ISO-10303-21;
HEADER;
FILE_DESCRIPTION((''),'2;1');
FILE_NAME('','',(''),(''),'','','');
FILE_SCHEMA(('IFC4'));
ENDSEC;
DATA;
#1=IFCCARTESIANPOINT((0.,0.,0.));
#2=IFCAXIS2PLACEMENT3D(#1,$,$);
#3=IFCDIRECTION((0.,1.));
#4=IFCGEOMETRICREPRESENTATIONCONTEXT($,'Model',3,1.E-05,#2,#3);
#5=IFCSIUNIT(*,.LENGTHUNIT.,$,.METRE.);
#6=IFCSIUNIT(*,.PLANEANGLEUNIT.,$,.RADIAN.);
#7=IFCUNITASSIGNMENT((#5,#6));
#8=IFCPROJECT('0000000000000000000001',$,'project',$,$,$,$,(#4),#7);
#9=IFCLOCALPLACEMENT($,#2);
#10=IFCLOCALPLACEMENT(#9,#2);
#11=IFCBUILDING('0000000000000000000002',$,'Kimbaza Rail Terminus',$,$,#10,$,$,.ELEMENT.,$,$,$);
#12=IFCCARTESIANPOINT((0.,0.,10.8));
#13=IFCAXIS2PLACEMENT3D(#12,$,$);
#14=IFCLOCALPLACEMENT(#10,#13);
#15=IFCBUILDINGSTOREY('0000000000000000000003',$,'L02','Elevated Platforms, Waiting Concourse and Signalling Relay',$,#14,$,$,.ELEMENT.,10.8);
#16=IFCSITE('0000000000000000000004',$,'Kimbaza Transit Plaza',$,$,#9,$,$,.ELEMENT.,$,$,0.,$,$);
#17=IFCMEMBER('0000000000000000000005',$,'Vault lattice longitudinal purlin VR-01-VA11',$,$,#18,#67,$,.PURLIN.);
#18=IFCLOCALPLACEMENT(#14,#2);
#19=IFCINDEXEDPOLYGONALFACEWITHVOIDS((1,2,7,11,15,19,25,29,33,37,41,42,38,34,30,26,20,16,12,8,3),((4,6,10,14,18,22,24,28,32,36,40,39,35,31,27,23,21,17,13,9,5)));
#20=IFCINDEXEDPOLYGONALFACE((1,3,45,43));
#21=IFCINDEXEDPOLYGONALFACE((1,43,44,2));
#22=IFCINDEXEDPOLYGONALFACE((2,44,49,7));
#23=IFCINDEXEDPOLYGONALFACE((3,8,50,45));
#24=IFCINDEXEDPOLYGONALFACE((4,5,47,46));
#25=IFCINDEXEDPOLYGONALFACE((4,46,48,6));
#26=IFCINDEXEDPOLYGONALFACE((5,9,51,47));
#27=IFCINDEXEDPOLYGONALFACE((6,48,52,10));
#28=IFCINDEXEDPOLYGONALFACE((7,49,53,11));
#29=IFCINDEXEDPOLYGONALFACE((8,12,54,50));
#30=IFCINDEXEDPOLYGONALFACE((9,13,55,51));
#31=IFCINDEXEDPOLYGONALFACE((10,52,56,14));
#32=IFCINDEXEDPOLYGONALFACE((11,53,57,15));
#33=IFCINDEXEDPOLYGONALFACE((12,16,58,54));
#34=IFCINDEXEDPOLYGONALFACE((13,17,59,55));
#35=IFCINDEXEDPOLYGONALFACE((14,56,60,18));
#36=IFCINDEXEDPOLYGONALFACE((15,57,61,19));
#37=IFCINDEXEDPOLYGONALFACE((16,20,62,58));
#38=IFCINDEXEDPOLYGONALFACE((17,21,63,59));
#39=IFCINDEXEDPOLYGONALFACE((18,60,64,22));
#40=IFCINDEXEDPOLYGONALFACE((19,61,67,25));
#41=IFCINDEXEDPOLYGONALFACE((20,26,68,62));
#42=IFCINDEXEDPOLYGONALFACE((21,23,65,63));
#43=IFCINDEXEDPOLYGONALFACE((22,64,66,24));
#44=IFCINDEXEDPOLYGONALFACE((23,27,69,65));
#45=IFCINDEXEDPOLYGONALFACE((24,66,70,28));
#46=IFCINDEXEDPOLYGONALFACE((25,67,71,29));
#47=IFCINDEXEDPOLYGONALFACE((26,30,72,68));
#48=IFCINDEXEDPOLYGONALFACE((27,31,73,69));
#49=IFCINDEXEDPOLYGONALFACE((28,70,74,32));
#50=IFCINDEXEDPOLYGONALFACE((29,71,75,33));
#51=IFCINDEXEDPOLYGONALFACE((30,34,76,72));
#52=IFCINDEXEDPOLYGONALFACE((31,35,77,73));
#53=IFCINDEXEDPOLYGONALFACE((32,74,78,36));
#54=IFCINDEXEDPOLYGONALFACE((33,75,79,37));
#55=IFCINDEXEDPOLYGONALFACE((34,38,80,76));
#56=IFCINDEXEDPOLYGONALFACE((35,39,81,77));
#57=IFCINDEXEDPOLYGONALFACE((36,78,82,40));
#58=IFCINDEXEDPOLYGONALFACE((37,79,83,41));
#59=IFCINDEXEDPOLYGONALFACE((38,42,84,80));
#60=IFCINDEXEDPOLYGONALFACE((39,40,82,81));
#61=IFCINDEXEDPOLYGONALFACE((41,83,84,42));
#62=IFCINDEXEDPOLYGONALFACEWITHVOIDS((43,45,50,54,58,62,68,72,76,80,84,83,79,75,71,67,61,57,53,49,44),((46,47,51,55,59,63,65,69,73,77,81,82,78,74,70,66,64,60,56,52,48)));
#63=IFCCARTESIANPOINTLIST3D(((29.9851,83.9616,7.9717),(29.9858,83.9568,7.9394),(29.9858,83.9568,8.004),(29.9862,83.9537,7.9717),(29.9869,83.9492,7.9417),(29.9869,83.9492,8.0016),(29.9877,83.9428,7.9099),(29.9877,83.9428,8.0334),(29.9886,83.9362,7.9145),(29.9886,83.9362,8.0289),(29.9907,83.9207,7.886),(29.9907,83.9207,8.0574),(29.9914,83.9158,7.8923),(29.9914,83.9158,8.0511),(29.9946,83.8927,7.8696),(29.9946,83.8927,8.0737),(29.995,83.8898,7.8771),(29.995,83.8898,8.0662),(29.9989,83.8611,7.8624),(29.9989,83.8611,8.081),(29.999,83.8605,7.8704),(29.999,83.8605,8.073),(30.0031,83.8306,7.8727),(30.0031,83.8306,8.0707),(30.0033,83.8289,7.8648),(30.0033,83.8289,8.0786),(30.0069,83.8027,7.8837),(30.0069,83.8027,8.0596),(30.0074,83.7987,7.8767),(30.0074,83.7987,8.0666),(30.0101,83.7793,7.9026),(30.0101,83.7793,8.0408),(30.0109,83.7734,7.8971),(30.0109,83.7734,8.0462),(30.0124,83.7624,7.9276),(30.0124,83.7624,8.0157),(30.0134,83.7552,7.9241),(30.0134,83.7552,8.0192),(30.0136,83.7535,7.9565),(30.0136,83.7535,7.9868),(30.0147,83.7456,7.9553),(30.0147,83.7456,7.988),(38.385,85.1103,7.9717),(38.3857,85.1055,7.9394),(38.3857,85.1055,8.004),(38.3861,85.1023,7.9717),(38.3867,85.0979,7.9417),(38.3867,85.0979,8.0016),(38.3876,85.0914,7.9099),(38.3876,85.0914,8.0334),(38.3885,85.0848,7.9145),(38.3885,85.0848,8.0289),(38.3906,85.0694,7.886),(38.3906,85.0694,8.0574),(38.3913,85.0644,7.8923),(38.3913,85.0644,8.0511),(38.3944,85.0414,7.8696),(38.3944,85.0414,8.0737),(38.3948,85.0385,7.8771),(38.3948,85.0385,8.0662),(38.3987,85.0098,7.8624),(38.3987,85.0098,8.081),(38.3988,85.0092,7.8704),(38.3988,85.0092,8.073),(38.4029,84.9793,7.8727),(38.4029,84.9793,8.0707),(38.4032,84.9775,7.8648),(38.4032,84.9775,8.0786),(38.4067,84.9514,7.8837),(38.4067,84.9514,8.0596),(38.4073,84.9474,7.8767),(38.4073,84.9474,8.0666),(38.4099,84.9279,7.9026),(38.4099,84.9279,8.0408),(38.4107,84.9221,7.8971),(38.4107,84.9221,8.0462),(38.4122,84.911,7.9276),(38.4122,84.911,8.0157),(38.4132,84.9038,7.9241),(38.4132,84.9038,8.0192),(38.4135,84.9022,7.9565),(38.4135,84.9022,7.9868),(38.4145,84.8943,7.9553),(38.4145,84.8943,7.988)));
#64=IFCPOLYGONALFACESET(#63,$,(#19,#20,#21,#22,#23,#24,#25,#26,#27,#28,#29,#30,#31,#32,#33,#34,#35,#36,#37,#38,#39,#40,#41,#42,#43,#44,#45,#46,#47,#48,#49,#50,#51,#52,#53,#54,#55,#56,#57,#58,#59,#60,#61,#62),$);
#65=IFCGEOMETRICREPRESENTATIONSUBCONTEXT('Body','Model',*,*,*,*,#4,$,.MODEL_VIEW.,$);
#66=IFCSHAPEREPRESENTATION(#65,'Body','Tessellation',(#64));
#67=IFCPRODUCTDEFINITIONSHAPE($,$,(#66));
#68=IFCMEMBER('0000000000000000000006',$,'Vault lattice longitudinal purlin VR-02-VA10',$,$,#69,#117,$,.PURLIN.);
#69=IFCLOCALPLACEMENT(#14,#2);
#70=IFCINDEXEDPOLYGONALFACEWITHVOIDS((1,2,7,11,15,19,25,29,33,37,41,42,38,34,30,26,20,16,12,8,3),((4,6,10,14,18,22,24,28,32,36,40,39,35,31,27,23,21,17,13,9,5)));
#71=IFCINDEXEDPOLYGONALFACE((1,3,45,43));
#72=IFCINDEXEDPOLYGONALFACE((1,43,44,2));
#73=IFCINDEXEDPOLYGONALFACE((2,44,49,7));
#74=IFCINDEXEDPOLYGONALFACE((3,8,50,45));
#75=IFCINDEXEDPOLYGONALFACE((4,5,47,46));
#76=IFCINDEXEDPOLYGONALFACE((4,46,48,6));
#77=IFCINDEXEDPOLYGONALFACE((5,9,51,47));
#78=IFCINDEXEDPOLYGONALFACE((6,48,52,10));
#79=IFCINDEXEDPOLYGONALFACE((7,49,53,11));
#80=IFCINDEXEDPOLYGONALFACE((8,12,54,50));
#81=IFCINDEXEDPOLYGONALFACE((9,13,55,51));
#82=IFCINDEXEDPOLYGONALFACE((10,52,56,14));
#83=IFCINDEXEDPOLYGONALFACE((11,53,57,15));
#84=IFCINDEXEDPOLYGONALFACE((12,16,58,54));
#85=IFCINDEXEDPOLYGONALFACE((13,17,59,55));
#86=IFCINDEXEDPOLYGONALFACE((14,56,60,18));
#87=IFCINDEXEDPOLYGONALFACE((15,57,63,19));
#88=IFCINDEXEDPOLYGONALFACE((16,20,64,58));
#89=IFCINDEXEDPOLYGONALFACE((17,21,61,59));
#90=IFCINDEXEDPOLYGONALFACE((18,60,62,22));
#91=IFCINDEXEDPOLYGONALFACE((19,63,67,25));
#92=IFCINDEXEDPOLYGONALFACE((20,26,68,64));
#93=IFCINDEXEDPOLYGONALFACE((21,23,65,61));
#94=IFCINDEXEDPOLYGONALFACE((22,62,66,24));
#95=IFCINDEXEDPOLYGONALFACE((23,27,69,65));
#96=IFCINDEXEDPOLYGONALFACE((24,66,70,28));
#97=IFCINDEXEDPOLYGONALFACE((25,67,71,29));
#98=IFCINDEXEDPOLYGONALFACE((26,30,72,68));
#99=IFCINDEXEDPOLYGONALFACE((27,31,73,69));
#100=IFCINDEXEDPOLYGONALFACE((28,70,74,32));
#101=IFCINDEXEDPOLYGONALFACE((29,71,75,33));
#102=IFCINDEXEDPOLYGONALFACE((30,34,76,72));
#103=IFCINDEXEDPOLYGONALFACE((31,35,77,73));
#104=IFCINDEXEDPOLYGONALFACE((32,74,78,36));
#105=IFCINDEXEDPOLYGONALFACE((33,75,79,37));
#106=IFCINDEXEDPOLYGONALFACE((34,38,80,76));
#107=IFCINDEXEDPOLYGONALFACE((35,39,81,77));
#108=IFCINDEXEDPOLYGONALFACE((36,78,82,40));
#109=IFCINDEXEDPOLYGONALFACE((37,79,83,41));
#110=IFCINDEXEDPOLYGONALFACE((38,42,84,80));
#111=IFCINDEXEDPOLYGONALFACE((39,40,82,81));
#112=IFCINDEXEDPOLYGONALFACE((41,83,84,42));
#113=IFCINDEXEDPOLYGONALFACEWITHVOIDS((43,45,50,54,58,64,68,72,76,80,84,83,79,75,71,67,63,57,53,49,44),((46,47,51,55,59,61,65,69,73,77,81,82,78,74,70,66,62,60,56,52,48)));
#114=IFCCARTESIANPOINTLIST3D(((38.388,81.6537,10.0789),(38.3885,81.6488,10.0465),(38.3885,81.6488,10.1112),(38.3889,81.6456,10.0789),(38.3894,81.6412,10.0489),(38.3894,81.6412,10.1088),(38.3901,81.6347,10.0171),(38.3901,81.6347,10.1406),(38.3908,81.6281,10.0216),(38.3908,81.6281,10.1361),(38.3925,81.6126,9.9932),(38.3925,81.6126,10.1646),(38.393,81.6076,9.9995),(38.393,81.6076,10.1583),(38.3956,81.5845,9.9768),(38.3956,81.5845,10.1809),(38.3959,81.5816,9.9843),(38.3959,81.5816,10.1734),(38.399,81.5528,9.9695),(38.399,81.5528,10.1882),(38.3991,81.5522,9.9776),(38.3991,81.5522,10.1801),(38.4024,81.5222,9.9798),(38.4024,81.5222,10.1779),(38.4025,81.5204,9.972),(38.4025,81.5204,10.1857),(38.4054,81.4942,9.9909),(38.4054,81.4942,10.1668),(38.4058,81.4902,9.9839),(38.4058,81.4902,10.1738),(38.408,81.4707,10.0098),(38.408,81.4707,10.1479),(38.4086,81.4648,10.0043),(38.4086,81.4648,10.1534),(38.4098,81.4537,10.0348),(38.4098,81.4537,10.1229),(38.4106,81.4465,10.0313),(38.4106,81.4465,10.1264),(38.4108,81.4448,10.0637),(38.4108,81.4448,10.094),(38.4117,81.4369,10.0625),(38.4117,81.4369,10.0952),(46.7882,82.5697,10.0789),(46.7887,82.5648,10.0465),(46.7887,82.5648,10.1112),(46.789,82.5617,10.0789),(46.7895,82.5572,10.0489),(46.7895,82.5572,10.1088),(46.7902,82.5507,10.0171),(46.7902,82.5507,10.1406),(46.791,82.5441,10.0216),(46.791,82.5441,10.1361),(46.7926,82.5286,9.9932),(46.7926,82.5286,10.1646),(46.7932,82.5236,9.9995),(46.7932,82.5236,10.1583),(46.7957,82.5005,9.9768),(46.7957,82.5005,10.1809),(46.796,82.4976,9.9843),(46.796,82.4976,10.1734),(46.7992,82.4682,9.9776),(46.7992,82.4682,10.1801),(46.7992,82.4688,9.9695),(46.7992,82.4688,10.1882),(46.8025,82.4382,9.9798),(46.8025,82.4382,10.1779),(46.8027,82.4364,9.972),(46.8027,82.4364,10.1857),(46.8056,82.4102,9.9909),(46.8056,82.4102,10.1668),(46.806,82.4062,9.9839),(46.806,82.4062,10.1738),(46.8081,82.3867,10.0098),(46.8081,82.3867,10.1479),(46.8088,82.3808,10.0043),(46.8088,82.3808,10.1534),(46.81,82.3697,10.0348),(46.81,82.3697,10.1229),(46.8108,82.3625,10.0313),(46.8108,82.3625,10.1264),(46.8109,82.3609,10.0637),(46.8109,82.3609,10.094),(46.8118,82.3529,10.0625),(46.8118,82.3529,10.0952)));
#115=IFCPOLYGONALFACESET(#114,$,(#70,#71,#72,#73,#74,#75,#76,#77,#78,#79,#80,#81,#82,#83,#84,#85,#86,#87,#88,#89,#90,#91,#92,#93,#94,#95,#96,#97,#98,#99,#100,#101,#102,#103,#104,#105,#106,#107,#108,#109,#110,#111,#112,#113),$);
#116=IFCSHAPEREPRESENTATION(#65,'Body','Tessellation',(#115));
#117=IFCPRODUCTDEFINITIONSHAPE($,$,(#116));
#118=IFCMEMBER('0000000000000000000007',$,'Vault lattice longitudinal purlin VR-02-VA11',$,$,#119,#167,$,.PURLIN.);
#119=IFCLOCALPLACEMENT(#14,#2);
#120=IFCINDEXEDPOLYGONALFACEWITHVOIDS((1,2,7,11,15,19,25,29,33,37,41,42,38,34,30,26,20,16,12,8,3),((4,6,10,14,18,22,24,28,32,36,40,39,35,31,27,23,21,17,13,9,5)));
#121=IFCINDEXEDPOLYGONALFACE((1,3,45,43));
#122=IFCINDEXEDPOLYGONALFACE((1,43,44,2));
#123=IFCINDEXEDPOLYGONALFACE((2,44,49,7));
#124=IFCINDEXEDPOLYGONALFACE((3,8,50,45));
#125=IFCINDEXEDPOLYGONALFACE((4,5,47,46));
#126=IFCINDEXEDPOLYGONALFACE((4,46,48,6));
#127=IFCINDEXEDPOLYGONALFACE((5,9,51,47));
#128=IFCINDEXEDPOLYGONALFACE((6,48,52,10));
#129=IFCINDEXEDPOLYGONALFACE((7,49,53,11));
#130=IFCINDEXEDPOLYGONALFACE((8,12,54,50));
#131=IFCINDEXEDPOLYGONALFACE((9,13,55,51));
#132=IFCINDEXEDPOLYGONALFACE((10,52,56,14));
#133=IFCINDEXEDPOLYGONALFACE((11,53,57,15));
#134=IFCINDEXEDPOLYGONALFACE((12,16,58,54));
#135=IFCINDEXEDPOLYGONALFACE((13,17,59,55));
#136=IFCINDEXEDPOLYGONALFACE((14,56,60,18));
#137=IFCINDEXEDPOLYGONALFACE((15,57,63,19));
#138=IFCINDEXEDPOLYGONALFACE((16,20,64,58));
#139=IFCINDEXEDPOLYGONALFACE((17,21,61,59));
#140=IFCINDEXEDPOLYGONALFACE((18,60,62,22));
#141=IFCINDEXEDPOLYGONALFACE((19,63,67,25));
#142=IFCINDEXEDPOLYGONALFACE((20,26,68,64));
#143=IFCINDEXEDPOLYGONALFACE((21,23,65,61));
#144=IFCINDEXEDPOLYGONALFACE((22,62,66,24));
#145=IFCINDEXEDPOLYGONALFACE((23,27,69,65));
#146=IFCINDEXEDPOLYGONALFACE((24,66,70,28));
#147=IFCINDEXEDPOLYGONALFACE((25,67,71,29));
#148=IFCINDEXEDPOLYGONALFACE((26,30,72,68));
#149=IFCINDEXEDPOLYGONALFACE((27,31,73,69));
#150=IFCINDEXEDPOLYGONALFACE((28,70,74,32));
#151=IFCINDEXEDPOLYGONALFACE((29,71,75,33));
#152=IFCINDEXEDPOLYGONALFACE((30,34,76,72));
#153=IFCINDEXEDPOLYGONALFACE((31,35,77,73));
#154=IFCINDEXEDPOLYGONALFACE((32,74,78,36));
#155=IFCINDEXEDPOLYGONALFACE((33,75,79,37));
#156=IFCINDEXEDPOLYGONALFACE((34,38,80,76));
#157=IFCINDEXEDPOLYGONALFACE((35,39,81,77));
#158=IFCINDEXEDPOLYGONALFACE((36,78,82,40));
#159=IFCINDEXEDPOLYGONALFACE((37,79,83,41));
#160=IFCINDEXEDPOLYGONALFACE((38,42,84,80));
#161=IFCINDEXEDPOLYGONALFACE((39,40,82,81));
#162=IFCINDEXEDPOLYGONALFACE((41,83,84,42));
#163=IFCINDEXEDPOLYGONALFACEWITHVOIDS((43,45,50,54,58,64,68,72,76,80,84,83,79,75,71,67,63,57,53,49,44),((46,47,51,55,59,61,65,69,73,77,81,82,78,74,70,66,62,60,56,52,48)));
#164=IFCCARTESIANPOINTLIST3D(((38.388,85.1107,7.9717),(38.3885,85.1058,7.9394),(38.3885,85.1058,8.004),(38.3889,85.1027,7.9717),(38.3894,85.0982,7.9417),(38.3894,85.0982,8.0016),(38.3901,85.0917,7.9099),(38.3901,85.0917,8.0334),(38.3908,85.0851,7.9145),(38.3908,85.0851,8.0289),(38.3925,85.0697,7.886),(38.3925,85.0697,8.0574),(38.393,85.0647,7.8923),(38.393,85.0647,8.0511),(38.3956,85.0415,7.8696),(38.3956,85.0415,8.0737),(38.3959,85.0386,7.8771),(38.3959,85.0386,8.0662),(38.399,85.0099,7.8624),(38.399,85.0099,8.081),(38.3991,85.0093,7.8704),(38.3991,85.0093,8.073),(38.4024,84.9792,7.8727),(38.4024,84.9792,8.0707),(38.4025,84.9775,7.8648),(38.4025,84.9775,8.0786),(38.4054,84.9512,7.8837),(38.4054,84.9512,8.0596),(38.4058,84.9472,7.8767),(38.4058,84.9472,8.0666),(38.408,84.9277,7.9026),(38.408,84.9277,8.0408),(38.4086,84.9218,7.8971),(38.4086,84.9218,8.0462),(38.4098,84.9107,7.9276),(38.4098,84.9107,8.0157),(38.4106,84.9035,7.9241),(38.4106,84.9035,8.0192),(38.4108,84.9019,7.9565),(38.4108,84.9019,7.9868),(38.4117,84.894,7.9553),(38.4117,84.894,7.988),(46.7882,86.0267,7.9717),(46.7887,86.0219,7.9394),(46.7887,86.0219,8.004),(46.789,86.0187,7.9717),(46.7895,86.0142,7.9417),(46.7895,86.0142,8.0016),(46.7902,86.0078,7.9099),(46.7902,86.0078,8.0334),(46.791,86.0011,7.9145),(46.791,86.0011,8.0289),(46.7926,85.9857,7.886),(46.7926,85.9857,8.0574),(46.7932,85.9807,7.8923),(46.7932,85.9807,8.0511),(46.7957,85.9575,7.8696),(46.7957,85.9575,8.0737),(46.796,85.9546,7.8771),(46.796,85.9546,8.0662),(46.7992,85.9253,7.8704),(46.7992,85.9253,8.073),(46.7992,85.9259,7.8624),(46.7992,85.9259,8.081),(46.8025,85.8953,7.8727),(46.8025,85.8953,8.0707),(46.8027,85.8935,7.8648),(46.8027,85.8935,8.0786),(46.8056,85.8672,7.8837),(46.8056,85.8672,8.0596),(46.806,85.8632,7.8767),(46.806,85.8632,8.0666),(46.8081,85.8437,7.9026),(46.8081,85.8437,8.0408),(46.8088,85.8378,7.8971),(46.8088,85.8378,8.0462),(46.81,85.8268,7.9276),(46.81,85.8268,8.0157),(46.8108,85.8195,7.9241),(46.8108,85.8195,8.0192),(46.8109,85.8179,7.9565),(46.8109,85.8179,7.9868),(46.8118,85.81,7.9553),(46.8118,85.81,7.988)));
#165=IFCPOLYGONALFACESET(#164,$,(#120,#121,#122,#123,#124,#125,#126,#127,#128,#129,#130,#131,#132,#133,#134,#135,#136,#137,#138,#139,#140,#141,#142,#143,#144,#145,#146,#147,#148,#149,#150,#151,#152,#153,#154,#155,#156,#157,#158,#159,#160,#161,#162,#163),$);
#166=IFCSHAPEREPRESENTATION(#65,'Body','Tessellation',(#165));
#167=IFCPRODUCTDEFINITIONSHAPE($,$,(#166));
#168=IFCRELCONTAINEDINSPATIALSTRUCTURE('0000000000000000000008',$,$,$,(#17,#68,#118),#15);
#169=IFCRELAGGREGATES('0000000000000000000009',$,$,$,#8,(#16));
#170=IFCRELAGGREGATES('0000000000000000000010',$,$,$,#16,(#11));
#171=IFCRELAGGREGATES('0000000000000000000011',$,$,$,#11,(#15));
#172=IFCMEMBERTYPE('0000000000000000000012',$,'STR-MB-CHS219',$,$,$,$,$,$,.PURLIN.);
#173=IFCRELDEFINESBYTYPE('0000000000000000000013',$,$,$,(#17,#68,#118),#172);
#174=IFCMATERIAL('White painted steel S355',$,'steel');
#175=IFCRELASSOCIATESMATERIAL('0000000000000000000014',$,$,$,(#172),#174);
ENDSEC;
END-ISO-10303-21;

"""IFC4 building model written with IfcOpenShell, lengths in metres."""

from ifc_helpers import new_model, si_unit, direction, frame, origin, origin_2d, place, context, subcontext, project, spatial, hollow_circle, extrude, material, material_profile, profile_set, type_object, element, save


model = new_model("IFC4")

# Units and contexts
model_context = context("Model", 3, precision=1e-05, world=origin(), true_north=direction((0.0, 1.0)))
body_context = subcontext(model_context, "Body", "Model", "MODEL_VIEW")
ifc_project = project(units=[si_unit("LENGTHUNIT", "METRE"), si_unit("PLANEANGLEUNIT", "RADIAN")], contexts=[model_context])

# Site, building, storey
site_placement = place(None, origin())
site = spatial("IfcSite", under=ifc_project, at=site_placement, Name="Kimbaza Transit Plaza", CompositionType="ELEMENT", RefElevation=0.0)
building_placement = place(site_placement, origin())
building = spatial("IfcBuilding", under=site, at=building_placement, Name="Kimbaza Rail Terminus", CompositionType="ELEMENT")
storey_placement = place(building_placement, frame((0.0, 0.0, 10.8)))
storey = spatial("IfcBuildingStorey", under=building, at=storey_placement, Name="L02", Description="Elevated Platforms, Waiting Concourse and Signalling Relay", CompositionType="ELEMENT", Elevation=10.8)

# Members
ifc_material_1 = material(Name="White painted steel S355", Category="steel")
ifc_material_profile_1 = material_profile(ifc_material_1, hollow_circle(Radius=0.1096, WallThickness=0.0081, at=origin_2d()), Name="CHS 219.1x8")
ifc_profile_set_1 = profile_set([ifc_material_profile_1], Name="White painted steel S355")
member_type_1 = type_object("IfcMemberType", Name="STR-MB-CHS219", PredefinedType="PURLIN", material=ifc_profile_set_1)
member_1_placement = place(storey_placement, frame((30.0, 83.853, 7.9717), z_axis=(0.990779, 0.135488, 0.0), x_axis=(-0.135488, 0.990779, 0.0)))
element("IfcMember", 1, at=member_1_placement, inside=storey, type_object=member_type_1, Name="Vault lattice longitudinal purlin VR-01-VA11", PredefinedType="PURLIN", context=body_context, shape_type="SweptSolid", body=[
    extrude(hollow_circle(Radius=0.1096, WallThickness=0.0081, at=origin_2d()), origin(), (0.0, 0.0, 1.0), 8.478),
])
for number, where, z_axis, x_axis, name in (
    (2, (38.3999, 81.5447, 10.0789), (0.994107, 0.108405, 0.0), (-0.108405, 0.994107, 0.0), "Vault lattice longitudinal purlin VR-02-VA10"),
    (3, (38.3999, 85.0017, 7.9717), (0.994107, 0.108405, 0.0), (-0.108405, 0.994107, 0.0), "Vault lattice longitudinal purlin VR-02-VA11"),
):
    element("IfcMember", number, at=place(storey_placement, frame(where, z_axis=z_axis, x_axis=x_axis)), inside=storey, type_object=member_type_1, Name=name, PredefinedType="PURLIN", context=body_context, shape_type="SweptSolid", body=[
        extrude(hollow_circle(Radius=0.1096, WallThickness=0.0081, at=origin_2d()), origin(), (0.0, 0.0, 1.0), 8.45),
    ])

save(model, "model.ifc")
